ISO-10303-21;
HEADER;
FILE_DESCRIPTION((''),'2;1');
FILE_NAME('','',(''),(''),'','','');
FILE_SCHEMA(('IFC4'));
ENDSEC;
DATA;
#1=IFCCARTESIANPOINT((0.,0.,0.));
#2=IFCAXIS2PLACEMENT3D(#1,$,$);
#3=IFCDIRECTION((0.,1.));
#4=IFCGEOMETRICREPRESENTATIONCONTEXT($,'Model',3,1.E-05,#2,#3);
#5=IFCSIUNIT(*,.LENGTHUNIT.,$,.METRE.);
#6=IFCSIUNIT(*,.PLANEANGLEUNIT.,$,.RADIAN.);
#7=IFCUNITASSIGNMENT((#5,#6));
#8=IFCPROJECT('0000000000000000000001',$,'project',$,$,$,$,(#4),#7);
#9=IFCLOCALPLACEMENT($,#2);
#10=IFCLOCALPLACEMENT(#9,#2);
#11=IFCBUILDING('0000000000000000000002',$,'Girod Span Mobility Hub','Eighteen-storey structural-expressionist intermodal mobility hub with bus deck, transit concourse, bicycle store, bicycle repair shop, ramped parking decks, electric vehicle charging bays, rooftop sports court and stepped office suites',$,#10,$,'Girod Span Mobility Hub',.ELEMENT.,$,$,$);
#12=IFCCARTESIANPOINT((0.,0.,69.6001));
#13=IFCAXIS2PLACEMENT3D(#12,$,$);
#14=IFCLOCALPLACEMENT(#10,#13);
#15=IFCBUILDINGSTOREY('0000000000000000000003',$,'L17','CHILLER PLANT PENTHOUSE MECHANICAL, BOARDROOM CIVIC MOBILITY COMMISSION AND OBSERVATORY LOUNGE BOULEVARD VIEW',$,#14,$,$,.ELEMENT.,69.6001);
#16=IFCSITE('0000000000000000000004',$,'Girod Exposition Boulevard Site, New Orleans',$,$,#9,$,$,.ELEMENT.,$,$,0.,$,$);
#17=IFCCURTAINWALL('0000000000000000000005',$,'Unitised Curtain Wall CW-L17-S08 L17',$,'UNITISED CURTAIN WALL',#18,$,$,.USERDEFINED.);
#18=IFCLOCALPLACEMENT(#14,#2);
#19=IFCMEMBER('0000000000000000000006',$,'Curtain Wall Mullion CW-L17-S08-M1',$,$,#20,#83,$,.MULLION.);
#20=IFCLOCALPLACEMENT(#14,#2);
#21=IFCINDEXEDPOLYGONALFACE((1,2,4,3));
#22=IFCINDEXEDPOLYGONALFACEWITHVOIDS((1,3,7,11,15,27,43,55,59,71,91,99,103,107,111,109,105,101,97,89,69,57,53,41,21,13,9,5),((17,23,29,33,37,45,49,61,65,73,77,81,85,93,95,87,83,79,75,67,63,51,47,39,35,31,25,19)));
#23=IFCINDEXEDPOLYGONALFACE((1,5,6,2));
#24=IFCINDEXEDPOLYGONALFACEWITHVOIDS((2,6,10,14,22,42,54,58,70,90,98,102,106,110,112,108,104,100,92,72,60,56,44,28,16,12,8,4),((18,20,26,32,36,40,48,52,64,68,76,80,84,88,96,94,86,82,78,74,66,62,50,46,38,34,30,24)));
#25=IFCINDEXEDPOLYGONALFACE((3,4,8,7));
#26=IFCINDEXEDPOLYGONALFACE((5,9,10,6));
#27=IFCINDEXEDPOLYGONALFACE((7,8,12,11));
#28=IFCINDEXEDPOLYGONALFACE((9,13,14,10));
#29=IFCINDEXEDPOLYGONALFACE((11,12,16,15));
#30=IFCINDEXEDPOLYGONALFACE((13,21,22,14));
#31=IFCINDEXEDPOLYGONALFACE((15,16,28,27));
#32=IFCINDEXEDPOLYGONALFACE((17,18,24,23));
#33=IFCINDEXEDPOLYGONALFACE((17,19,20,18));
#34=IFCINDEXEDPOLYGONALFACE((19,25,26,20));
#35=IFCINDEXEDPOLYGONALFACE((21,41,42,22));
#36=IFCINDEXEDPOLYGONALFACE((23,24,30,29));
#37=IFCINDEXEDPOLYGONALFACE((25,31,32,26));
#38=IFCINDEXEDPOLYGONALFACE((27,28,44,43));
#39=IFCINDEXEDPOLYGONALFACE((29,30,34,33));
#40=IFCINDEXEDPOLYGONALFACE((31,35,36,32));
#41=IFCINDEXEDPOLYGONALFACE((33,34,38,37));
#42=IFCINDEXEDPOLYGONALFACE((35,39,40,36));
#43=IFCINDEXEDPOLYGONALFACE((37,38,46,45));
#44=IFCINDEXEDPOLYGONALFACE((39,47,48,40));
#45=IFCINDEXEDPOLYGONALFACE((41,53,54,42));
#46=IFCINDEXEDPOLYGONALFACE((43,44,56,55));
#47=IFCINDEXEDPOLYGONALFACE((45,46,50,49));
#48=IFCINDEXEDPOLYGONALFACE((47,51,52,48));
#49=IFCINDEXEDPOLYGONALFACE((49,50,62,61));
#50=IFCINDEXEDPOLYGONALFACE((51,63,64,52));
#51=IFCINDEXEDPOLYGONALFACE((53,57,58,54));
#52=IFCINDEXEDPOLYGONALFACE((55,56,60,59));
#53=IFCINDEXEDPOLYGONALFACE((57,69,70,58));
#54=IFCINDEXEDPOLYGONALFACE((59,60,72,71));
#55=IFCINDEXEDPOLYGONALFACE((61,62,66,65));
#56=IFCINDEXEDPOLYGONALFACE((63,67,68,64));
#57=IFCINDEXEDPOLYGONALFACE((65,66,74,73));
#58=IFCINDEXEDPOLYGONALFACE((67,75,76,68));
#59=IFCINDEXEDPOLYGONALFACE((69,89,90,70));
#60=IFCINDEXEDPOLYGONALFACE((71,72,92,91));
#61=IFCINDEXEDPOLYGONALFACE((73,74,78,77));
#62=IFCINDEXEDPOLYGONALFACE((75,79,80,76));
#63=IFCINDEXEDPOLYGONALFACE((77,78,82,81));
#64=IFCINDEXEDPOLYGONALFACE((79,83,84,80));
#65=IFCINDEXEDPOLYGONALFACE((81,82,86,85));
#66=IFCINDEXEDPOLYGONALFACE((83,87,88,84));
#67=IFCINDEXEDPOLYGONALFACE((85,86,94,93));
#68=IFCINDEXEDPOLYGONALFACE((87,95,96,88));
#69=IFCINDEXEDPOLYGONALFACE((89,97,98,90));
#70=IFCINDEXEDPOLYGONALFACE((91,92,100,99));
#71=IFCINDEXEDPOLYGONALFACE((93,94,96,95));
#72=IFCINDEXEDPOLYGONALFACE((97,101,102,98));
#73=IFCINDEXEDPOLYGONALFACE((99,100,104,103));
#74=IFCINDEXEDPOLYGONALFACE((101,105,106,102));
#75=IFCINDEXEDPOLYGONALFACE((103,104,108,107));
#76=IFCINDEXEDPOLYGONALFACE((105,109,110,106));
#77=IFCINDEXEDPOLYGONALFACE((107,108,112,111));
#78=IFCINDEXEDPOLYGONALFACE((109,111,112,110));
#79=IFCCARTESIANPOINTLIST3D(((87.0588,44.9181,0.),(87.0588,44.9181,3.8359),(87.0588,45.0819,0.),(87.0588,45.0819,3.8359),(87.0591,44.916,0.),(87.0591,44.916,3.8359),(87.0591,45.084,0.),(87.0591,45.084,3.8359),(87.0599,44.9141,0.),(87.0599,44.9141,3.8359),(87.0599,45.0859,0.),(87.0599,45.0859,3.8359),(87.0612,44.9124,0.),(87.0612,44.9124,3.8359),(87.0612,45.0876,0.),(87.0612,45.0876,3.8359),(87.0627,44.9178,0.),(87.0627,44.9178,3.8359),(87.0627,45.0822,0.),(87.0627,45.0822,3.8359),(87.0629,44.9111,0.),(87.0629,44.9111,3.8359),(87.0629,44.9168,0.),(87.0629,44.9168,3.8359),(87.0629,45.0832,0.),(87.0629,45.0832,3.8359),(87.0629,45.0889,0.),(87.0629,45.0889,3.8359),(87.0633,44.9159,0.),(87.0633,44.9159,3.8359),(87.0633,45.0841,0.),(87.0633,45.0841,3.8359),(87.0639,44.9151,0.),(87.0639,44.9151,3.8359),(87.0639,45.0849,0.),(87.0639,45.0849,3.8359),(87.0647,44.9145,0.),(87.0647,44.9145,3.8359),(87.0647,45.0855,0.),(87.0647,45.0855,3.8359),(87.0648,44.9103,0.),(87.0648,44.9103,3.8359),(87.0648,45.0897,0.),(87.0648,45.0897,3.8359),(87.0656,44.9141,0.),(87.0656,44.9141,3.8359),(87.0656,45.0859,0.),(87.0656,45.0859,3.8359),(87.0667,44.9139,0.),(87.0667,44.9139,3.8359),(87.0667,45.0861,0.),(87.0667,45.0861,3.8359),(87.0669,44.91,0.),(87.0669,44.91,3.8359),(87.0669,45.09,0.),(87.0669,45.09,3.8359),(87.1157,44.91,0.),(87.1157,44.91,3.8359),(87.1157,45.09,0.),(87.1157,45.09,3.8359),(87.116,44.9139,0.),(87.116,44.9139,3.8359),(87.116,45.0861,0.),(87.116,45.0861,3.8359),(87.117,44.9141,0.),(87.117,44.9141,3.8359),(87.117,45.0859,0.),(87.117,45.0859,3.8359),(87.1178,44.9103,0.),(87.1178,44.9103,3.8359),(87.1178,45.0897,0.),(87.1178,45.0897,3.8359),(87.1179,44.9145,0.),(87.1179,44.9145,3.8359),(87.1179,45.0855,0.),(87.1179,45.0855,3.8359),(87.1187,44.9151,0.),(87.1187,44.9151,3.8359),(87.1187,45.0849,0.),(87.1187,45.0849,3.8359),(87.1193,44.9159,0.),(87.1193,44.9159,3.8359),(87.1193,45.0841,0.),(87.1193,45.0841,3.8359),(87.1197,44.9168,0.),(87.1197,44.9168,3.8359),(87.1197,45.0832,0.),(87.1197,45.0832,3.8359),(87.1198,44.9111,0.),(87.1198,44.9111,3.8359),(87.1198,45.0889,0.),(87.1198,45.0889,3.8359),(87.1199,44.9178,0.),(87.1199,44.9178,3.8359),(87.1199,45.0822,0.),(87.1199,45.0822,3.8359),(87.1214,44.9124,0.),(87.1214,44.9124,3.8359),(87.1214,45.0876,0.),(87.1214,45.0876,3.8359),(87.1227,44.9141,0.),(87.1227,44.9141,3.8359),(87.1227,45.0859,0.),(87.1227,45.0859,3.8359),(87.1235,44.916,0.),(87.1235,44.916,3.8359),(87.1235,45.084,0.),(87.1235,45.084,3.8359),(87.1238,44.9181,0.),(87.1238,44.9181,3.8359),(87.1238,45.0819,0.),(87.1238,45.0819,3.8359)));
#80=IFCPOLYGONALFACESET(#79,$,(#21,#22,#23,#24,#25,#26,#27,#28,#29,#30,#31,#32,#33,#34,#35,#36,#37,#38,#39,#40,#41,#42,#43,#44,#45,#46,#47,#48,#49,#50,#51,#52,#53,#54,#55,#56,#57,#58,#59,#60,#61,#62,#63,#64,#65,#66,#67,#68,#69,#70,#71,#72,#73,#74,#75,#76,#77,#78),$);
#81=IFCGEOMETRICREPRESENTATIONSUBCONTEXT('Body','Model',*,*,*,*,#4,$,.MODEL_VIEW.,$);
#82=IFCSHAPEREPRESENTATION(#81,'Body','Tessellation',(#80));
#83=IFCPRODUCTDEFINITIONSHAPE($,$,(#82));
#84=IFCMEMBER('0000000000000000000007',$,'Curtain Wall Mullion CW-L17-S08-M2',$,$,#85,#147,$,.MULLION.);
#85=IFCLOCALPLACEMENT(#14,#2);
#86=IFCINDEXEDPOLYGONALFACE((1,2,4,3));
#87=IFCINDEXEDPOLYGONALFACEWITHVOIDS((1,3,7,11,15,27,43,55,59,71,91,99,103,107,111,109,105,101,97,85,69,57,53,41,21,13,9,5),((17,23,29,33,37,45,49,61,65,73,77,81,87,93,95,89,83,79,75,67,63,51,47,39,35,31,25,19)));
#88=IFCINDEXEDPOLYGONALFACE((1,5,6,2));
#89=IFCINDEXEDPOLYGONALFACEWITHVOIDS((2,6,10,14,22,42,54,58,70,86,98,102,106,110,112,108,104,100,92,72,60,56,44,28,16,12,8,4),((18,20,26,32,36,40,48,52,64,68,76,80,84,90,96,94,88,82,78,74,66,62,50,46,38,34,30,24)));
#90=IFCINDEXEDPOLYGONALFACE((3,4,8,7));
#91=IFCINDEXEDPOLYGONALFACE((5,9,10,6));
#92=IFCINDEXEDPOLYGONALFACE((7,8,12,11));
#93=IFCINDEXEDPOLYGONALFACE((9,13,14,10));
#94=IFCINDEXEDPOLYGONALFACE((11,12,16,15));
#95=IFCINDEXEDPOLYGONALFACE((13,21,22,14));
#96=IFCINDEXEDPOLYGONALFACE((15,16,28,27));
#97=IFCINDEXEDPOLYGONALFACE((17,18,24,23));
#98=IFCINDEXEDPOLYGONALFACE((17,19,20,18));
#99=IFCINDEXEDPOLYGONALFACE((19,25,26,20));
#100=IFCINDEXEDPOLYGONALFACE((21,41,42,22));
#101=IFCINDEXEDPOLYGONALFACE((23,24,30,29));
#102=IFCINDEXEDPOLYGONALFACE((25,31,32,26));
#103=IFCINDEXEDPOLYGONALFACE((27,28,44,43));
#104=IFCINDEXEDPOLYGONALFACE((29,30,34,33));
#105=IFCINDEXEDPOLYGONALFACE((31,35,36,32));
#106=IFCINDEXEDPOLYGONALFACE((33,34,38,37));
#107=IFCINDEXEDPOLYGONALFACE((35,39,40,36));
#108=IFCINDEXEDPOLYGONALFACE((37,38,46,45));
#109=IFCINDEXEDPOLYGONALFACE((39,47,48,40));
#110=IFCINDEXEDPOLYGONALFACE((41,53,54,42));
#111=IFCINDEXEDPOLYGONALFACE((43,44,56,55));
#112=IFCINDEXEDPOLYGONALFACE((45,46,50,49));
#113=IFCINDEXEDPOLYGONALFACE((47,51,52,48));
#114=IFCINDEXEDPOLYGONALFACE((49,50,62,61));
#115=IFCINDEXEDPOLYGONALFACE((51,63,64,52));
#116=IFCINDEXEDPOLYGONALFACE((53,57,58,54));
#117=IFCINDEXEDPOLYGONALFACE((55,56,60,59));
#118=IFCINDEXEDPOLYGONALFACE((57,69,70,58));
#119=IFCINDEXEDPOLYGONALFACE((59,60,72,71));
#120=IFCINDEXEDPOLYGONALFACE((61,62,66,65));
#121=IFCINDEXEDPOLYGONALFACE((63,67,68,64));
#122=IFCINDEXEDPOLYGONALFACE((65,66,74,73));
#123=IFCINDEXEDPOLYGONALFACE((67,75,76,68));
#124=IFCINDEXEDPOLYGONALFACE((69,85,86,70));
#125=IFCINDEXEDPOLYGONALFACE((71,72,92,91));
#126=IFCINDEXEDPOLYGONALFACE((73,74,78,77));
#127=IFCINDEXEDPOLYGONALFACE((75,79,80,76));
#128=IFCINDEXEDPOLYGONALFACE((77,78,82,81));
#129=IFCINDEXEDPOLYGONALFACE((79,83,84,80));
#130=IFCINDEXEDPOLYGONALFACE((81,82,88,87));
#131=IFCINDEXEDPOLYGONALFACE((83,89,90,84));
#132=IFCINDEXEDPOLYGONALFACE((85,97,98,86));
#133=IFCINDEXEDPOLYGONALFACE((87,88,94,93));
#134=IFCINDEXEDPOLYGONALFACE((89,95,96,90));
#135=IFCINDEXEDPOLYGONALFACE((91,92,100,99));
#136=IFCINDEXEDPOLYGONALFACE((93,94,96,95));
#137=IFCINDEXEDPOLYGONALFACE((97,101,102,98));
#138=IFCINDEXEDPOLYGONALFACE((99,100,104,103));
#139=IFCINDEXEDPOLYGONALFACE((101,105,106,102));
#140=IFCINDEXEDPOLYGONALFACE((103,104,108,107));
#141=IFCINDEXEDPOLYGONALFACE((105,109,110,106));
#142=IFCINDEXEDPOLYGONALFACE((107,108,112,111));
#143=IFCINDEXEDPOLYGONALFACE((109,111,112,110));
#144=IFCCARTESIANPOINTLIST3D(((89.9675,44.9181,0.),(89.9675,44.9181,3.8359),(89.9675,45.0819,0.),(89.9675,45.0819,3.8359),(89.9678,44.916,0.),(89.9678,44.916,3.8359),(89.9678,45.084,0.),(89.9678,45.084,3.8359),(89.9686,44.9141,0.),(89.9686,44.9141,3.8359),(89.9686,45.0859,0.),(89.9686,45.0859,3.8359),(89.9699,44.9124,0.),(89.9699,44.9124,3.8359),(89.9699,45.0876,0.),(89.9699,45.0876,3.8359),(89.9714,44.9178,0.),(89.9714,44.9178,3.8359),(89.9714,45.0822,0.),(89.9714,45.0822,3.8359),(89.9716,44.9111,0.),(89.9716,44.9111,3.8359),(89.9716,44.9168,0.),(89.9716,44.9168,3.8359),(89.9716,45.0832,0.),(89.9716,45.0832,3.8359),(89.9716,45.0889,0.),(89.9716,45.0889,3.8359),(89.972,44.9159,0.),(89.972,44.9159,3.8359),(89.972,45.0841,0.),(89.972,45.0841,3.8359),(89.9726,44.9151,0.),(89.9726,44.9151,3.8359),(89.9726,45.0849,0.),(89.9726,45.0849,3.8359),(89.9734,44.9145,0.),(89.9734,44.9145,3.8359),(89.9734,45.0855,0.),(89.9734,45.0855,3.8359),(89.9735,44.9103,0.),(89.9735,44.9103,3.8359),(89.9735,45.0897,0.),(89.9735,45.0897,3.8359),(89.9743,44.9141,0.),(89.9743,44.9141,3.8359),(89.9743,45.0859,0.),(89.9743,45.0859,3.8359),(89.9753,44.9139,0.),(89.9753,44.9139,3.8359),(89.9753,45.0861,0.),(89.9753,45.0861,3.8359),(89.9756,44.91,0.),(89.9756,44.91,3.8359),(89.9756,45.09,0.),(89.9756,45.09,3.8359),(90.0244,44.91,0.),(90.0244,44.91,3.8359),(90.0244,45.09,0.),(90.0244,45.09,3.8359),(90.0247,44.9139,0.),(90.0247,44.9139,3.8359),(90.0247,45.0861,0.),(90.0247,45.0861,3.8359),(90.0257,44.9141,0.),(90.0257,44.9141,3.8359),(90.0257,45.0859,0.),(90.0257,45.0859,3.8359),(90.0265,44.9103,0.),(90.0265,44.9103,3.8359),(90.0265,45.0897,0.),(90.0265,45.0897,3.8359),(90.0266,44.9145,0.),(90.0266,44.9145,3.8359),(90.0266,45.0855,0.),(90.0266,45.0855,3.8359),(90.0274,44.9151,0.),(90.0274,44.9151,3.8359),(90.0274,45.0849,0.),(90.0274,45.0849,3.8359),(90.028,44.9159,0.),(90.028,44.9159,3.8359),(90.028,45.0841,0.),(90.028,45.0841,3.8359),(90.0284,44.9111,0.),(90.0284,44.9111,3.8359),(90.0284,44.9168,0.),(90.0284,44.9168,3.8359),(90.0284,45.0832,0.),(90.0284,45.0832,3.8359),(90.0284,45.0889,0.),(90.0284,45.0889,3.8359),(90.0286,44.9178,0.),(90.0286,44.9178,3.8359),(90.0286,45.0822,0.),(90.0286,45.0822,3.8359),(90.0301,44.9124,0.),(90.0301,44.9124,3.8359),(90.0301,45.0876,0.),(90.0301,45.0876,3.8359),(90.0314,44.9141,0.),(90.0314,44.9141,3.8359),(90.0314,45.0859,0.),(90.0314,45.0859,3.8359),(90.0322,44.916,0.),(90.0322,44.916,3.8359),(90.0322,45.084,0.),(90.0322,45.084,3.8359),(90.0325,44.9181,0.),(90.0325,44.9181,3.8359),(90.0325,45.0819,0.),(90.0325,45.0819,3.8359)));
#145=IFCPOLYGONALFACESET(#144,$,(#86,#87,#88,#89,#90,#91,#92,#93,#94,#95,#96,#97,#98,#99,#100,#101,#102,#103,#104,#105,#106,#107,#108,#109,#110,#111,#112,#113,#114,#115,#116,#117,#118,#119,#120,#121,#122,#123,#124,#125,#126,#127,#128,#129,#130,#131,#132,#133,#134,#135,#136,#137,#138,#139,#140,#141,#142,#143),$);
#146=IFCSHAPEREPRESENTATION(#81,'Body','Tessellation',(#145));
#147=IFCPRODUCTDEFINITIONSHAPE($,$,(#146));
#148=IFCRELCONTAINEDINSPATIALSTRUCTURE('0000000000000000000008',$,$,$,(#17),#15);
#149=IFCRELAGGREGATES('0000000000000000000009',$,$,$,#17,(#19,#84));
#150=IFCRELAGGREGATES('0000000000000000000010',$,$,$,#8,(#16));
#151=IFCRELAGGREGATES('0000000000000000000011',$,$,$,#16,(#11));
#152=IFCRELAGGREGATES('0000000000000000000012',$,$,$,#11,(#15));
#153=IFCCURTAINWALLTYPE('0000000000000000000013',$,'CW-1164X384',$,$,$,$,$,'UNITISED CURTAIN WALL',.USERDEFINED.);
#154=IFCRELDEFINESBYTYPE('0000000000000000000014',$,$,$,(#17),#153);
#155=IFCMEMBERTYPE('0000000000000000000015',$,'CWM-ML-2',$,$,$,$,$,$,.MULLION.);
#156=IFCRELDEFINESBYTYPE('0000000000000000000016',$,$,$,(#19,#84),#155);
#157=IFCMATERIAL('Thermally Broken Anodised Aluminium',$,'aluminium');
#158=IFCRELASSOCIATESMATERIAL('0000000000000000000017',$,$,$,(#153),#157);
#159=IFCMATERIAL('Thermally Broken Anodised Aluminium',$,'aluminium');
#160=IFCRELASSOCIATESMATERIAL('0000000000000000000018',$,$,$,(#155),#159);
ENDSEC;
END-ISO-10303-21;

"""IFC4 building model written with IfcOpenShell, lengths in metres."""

from ifc_helpers import new_model, si_unit, direction, frame, origin, origin_2d, place, context, subcontext, project, spatial, hollow_rectangle, extrude, material, material_profile, profile_set, type_object, element, aggregate, save


model = new_model("IFC4")

# Units and contexts
model_context = context("Model", 3, precision=1e-05, world=origin(), true_north=direction((0.0, 1.0)))
body_context = subcontext(model_context, "Body", "Model", "MODEL_VIEW")
ifc_project = project(units=[si_unit("LENGTHUNIT", "METRE"), si_unit("PLANEANGLEUNIT", "RADIAN")], contexts=[model_context])

# Site, building, storey
site_placement = place(None, origin())
site = spatial("IfcSite", under=ifc_project, at=site_placement, Name="Girod Exposition Boulevard Site, New Orleans", CompositionType="ELEMENT", RefElevation=0.0)
building_placement = place(site_placement, origin())
building = spatial("IfcBuilding", under=site, at=building_placement, Name="Girod Span Mobility Hub", Description="Eighteen-storey structural-expressionist intermodal mobility hub with bus deck, transit concourse, bicycle store, bicycle repair shop, ramped parking decks, electric vehicle charging bays, rooftop sports court and stepped office suites", LongName="Girod Span Mobility Hub", CompositionType="ELEMENT")
storey_placement = place(building_placement, frame((0.0, 0.0, 69.6001)))
storey = spatial("IfcBuildingStorey", under=building, at=storey_placement, Name="L17", Description="CHILLER PLANT PENTHOUSE MECHANICAL, BOARDROOM CIVIC MOBILITY COMMISSION AND OBSERVATORY LOUNGE BOULEVARD VIEW", CompositionType="ELEMENT", Elevation=69.6001)

# Shared definitions
ifc_material_1 = material(Name="Thermally Broken Anodised Aluminium", Category="aluminium")
curtain_wall_type = type_object("IfcCurtainWallType", Name="CW-1164X384", ElementType="UNITISED CURTAIN WALL", PredefinedType="USERDEFINED", material=ifc_material_1)
ifc_material_2 = material(Name="Thermally Broken Anodised Aluminium", Category="aluminium")
ifc_material_profile_1 = material_profile(ifc_material_2, hollow_rectangle(XDim=0.1799, YDim=0.0649, WallThickness=0.0039, InnerFilletRadius=0.0039, OuterFilletRadius=0.0081, at=origin_2d()), Name="CW-ML-65X180")
ifc_profile_set_1 = profile_set([ifc_material_profile_1], Name="Thermally Broken Anodised Aluminium")
member_type_1 = type_object("IfcMemberType", Name="CWM-ML-2", PredefinedType="MULLION", material=ifc_profile_set_1)

# Curtain wall, members
curtain_wall_1_placement = place(storey_placement, origin())
curtain_wall_1 = element("IfcCurtainWall", 1, at=curtain_wall_1_placement, inside=storey, type_object=curtain_wall_type, Name="Unitised Curtain Wall CW-L17-S08 L17", ObjectType="UNITISED CURTAIN WALL", PredefinedType="USERDEFINED")
member_1_placement = place(storey_placement, frame((87.0913, 45.0, 0.0), z_axis=(0.0, 0.0, 1.0), x_axis=(0.0, 1.0, 0.0)))
member_1 = element("IfcMember", 2, at=member_1_placement, type_object=member_type_1, Name="Curtain Wall Mullion CW-L17-S08-M1", PredefinedType="MULLION", context=body_context, shape_type="SweptSolid", body=[
    extrude(hollow_rectangle(XDim=0.1799, YDim=0.0649, WallThickness=0.0039, InnerFilletRadius=0.0039, OuterFilletRadius=0.0081, at=origin_2d()), origin(), (0.0, 0.0, 1.0), 3.8359),
])
member_2_placement = place(storey_placement, frame((90.0, 45.0, 0.0), z_axis=(0.0, 0.0, 1.0), x_axis=(0.0, 1.0, 0.0)))
member_2 = element("IfcMember", 3, at=member_2_placement, type_object=member_type_1, Name="Curtain Wall Mullion CW-L17-S08-M2", PredefinedType="MULLION", context=body_context, shape_type="SweptSolid", body=[
    extrude(hollow_rectangle(XDim=0.1799, YDim=0.0649, WallThickness=0.0039, InnerFilletRadius=0.0039, OuterFilletRadius=0.0081, at=origin_2d()), origin(), (0.0, 0.0, 1.0), 3.8359),
])

aggregate(curtain_wall_1, [member_1, member_2])

save(model, "model.ifc")
